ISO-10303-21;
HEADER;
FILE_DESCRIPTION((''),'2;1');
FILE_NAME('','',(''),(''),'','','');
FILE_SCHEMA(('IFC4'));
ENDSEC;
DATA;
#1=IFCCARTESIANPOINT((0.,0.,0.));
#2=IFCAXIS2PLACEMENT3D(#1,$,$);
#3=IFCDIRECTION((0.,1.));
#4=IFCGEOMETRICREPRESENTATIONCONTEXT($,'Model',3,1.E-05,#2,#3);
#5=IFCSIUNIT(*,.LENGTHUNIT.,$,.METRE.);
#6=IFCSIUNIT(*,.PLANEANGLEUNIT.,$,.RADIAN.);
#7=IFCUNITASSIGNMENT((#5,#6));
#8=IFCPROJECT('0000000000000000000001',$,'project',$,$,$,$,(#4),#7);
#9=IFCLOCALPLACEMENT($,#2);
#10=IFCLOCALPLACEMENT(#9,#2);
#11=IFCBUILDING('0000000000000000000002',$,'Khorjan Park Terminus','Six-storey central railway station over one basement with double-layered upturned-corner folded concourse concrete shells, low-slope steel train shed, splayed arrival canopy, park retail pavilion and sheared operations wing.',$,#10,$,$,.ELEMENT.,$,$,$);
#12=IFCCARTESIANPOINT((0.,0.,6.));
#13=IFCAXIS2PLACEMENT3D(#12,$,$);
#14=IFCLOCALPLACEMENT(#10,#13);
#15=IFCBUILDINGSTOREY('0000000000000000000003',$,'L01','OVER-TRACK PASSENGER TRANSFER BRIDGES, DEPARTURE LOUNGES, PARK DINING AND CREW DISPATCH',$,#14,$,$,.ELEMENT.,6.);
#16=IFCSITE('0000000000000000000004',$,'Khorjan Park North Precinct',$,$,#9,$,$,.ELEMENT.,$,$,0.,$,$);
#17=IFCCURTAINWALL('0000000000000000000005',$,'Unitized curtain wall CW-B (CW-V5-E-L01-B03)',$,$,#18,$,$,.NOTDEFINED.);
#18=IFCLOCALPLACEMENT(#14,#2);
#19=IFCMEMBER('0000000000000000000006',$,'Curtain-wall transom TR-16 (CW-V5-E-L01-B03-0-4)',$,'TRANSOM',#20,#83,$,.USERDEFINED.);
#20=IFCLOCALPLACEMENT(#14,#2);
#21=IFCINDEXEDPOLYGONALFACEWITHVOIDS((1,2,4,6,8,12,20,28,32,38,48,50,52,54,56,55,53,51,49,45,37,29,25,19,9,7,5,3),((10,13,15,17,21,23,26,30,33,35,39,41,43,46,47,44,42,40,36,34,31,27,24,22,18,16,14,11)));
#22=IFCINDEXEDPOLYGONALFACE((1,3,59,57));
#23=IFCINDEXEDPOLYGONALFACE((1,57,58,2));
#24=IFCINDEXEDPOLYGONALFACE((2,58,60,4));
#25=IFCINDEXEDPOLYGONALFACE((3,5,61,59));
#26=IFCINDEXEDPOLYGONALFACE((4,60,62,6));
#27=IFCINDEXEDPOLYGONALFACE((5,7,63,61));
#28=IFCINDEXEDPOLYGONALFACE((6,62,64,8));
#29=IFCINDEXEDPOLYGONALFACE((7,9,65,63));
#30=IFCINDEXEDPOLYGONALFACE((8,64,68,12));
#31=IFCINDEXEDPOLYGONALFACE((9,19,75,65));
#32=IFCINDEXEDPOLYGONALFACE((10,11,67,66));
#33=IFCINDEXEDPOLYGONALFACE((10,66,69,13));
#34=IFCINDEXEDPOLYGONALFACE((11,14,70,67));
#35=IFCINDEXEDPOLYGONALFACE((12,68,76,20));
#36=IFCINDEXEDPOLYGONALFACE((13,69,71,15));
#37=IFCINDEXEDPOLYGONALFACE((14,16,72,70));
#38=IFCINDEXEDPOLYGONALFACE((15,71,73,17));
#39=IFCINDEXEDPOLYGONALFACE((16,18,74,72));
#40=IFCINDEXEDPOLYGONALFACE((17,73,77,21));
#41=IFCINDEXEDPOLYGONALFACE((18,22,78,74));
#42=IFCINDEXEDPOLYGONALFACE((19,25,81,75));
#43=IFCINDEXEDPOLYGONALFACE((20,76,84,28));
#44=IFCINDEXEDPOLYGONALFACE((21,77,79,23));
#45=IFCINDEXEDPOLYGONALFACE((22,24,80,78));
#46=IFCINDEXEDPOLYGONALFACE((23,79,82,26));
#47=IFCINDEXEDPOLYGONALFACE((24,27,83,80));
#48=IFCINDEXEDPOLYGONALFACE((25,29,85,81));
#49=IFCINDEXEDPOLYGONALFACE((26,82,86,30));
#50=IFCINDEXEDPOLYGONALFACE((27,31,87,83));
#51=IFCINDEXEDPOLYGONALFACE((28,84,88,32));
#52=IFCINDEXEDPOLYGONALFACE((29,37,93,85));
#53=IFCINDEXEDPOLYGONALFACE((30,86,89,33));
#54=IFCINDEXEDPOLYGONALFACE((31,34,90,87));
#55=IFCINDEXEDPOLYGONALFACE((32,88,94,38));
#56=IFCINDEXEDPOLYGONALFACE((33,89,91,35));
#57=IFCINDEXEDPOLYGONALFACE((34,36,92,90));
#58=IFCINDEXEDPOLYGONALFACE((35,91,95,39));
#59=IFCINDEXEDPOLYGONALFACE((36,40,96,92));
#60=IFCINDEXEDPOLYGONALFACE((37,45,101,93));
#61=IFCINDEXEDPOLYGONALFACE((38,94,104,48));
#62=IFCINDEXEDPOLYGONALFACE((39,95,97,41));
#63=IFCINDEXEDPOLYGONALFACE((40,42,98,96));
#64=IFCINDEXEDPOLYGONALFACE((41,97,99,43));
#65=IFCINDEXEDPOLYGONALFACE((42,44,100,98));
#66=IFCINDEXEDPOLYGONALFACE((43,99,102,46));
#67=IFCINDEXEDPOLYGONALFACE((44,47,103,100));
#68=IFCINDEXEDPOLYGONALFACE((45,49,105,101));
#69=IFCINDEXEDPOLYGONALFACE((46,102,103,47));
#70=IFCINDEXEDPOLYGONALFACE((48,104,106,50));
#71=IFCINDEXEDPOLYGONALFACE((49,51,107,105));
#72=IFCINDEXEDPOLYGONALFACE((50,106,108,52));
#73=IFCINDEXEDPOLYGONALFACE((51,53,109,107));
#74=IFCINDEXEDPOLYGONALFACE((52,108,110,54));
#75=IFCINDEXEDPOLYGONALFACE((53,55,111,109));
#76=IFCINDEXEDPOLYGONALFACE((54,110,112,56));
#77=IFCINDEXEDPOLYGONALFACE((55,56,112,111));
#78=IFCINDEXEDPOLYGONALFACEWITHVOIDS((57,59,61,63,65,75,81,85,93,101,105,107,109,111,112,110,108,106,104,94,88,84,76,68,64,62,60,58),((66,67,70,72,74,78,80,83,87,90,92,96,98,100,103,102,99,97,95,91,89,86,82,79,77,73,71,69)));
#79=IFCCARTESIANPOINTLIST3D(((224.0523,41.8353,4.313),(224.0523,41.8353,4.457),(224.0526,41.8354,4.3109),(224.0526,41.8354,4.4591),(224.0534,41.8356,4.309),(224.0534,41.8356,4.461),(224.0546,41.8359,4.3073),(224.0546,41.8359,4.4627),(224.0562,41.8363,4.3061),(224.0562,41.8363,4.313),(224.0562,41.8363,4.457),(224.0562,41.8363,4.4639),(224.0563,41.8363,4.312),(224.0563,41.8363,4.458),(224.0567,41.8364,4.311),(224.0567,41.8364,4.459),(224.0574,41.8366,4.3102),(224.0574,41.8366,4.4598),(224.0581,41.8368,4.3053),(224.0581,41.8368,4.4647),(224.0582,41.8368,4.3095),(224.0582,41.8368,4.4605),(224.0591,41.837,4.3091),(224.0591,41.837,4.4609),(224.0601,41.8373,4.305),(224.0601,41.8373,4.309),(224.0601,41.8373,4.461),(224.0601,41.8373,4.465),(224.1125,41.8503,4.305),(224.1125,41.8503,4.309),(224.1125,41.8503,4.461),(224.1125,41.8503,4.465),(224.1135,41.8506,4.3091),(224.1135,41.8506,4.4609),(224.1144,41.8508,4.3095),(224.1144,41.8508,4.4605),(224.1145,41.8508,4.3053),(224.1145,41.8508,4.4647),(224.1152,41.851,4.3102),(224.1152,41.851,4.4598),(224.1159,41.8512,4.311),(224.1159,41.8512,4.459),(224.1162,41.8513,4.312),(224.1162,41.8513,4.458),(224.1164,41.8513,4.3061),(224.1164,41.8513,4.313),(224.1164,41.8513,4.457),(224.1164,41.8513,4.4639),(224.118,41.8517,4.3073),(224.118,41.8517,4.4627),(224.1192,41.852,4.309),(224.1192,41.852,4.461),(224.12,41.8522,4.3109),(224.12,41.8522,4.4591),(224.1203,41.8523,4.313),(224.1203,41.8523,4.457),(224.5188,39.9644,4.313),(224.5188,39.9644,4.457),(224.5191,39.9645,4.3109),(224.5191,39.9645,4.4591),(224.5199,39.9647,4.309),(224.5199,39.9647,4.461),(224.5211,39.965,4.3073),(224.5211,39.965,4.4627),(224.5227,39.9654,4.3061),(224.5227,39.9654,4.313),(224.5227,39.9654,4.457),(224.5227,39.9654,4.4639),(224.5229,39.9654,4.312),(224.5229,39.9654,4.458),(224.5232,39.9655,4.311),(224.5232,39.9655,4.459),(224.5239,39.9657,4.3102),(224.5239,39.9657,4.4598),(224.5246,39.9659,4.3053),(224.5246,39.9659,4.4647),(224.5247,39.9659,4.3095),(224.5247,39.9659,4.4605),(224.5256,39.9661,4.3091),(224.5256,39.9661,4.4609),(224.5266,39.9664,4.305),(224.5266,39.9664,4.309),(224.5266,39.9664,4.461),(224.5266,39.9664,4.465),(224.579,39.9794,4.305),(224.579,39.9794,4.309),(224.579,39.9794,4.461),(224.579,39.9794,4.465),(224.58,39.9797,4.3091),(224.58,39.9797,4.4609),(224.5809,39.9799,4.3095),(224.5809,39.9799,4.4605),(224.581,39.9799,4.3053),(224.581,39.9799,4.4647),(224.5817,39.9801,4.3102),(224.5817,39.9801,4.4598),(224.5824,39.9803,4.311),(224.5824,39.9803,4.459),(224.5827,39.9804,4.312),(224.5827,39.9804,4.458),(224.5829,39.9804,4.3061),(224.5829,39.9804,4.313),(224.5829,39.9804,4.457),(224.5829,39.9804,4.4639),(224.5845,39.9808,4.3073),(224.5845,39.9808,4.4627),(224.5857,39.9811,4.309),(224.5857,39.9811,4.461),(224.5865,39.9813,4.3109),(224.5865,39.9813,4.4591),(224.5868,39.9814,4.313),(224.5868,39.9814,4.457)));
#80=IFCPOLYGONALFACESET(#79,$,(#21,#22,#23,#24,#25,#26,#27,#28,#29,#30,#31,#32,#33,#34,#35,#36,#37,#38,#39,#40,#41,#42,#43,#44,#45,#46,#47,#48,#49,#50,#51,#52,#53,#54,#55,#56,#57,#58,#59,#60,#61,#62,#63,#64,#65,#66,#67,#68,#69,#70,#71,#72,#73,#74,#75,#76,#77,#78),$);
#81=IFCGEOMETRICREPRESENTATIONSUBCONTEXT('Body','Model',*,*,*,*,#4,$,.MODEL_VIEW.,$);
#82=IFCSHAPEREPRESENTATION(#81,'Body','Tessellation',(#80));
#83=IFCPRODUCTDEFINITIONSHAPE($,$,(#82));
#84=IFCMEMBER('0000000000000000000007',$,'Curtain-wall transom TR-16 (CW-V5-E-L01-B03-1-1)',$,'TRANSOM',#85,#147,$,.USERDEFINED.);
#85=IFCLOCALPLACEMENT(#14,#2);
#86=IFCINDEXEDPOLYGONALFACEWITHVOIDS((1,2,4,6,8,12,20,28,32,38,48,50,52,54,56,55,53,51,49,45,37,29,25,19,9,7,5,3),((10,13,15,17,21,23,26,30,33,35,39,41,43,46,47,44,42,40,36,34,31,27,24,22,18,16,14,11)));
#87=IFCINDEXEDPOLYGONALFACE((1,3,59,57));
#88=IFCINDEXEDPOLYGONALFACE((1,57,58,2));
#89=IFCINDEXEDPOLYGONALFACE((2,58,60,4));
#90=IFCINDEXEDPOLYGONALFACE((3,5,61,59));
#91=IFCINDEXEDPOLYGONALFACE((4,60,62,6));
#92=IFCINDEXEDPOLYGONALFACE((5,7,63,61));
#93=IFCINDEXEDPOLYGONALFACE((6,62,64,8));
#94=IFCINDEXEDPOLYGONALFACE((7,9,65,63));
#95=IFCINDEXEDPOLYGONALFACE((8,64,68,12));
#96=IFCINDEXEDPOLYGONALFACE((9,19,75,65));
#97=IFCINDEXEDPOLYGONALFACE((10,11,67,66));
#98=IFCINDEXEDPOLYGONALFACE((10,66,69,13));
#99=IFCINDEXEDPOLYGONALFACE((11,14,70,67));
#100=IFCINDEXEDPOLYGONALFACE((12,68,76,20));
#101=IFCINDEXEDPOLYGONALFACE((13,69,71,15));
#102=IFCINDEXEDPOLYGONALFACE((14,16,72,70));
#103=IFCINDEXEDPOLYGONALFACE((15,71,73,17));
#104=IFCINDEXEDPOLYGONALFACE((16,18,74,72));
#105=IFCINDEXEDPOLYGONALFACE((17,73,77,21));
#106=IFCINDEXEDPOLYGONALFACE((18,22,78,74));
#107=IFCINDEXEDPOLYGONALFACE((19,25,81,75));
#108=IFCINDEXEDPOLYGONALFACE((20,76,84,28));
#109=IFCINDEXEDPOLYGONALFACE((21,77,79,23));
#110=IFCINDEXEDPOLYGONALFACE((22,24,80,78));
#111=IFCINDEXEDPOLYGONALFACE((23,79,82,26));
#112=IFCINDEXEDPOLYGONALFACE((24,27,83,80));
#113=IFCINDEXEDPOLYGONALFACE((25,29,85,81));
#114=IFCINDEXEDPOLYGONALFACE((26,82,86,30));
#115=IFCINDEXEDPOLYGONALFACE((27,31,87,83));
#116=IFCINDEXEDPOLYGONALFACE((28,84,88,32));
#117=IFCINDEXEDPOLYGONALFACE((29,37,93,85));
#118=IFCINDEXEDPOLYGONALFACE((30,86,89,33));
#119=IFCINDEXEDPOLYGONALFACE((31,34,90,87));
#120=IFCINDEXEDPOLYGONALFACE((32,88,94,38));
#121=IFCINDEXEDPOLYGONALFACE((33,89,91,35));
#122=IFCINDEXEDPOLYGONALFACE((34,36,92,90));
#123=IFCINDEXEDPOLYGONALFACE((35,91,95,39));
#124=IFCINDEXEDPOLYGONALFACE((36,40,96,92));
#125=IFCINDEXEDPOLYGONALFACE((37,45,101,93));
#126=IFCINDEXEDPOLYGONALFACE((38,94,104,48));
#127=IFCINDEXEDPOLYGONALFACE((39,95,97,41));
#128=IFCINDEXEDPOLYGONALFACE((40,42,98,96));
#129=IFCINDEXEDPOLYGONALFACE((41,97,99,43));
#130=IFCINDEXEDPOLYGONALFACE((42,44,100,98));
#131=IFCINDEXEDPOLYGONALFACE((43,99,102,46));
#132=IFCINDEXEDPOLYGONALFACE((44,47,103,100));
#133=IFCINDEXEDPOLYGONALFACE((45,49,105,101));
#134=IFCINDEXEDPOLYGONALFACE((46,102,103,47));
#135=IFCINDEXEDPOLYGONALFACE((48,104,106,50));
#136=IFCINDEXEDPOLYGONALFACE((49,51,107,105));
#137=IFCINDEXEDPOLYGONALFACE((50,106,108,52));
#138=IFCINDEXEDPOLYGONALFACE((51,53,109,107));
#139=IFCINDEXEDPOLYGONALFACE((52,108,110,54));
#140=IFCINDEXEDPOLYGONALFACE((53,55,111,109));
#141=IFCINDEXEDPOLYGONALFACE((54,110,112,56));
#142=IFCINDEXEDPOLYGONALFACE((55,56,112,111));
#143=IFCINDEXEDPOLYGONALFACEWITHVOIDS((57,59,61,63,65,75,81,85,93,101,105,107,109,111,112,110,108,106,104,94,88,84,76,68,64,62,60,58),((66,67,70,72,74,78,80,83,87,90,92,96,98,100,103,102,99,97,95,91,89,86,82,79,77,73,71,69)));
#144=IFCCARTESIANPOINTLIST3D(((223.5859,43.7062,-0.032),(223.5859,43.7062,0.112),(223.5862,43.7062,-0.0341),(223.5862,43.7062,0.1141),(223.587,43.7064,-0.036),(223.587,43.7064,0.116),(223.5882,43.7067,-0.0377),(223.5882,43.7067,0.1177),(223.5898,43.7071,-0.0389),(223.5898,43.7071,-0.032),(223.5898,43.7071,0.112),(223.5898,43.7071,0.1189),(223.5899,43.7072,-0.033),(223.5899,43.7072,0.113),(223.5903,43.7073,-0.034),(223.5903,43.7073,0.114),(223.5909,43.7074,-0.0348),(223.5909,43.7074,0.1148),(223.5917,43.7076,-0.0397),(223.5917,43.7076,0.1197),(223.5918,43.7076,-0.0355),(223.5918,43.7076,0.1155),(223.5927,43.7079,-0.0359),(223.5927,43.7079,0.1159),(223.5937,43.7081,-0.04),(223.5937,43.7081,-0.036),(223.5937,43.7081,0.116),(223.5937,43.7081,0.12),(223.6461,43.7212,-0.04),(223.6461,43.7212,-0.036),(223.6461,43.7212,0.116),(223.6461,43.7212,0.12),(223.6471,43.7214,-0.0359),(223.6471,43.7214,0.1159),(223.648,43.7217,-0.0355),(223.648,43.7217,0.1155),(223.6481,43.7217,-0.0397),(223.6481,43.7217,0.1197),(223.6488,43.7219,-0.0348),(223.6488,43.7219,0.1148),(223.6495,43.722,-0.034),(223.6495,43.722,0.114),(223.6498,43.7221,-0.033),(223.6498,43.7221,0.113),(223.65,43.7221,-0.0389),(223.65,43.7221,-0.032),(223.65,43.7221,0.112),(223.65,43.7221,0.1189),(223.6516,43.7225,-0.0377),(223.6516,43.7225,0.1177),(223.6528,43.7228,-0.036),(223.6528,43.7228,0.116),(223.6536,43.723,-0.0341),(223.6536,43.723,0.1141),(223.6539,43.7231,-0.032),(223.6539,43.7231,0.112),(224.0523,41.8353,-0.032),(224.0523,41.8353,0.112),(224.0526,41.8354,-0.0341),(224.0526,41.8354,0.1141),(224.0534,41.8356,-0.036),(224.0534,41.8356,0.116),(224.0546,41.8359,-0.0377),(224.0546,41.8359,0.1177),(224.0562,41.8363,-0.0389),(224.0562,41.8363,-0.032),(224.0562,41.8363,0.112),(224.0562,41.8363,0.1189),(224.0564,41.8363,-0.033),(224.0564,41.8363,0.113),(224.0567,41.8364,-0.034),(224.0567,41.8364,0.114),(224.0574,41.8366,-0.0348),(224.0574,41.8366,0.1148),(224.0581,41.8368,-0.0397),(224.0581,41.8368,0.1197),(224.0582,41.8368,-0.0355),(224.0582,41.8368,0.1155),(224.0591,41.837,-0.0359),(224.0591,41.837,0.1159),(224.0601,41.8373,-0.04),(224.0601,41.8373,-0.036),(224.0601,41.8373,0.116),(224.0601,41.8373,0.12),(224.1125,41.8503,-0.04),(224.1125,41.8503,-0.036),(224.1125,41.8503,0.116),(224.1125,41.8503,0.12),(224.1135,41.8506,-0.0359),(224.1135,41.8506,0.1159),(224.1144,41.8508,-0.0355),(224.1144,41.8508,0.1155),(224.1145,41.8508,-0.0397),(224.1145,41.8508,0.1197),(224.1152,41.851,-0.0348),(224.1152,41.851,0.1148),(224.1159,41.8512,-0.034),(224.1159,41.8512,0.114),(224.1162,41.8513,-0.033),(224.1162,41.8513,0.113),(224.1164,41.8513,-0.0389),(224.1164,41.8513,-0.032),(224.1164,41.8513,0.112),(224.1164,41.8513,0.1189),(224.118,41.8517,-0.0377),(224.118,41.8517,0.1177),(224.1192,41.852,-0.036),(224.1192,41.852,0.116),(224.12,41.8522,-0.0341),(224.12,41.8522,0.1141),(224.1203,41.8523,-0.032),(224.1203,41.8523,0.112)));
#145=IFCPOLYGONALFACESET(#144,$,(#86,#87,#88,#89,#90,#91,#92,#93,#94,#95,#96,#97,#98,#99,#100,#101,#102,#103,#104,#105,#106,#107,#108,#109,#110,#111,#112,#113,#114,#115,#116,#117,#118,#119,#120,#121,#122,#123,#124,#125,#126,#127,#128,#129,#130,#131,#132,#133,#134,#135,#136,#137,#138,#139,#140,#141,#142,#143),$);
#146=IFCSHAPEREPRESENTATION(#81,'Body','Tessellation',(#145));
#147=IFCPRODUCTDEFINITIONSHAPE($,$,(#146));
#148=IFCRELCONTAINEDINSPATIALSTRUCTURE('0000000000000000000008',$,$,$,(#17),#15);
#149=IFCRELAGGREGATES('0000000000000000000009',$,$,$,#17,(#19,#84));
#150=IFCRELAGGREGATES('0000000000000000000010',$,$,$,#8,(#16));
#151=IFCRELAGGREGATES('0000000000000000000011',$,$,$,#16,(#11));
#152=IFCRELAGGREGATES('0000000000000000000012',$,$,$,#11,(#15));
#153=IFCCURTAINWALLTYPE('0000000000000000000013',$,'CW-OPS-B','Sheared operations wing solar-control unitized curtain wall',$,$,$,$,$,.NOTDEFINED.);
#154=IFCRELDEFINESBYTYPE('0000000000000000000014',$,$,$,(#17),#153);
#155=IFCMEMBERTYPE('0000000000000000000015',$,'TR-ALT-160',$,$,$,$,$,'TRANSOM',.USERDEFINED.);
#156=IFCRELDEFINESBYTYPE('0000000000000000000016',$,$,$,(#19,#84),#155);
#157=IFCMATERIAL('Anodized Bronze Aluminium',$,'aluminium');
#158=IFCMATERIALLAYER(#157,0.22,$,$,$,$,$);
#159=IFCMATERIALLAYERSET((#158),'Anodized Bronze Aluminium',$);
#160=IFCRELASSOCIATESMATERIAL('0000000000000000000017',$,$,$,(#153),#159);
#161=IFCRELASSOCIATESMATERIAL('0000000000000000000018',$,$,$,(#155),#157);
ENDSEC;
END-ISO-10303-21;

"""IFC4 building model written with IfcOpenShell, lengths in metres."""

from ifc_helpers import new_model, si_unit, direction, frame, origin, origin_2d, place, context, subcontext, project, spatial, hollow_rectangle, extrude, material, layer, layer_set, material_profile, profile_set, type_object, element, aggregate, save


model = new_model("IFC4")

# Units and contexts
model_context = context("Model", 3, precision=1e-05, world=origin(), true_north=direction((0.0, 1.0)))
body_context = subcontext(model_context, "Body", "Model", "MODEL_VIEW")
ifc_project = project(units=[si_unit("LENGTHUNIT", "METRE"), si_unit("PLANEANGLEUNIT", "RADIAN")], contexts=[model_context])

# Site, building, storey
site_placement = place(None, origin())
site = spatial("IfcSite", under=ifc_project, at=site_placement, Name="Khorjan Park North Precinct", CompositionType="ELEMENT", RefElevation=0.0)
building_placement = place(site_placement, origin())
building = spatial("IfcBuilding", under=site, at=building_placement, Name="Khorjan Park Terminus", Description="Six-storey central railway station over one basement with double-layered upturned-corner folded concourse concrete shells, low-slope steel train shed, splayed arrival canopy, park retail pavilion and sheared operations wing.", CompositionType="ELEMENT")
storey_placement = place(building_placement, frame((0.0, 0.0, 6.0)))
storey = spatial("IfcBuildingStorey", under=building, at=storey_placement, Name="L01", Description="OVER-TRACK PASSENGER TRANSFER BRIDGES, DEPARTURE LOUNGES, PARK DINING AND CREW DISPATCH", CompositionType="ELEMENT", Elevation=6.0)

# Curtain wall, members
ifc_material_1 = material(Name="Anodized Bronze Aluminium", Category="aluminium")
ifc_layer_1 = layer(ifc_material_1, 0.22)
ifc_layer_set_1 = layer_set([ifc_layer_1], Name="Anodized Bronze Aluminium")
curtain_wall_type = type_object("IfcCurtainWallType", Name="CW-OPS-B", Description="Sheared operations wing solar-control unitized curtain wall", PredefinedType="NOTDEFINED", material=ifc_layer_set_1)
curtain_wall_placement = place(storey_placement, origin())
curtain_wall = element("IfcCurtainWall", 1, at=curtain_wall_placement, inside=storey, type_object=curtain_wall_type, Name="Unitized curtain wall CW-B (CW-V5-E-L01-B03)", PredefinedType="NOTDEFINED")
ifc_material_profile_1 = material_profile(ifc_material_1, hollow_rectangle(XDim=0.07, YDim=0.16, WallThickness=0.004, InnerFilletRadius=0.004, OuterFilletRadius=0.008, at=origin_2d()), Name="ALT 70x160x4")
ifc_profile_set_1 = profile_set([ifc_material_profile_1], Name="Anodized Bronze Aluminium")
member_type_1 = type_object("IfcMemberType", Name="TR-ALT-160", ElementType="TRANSOM", PredefinedType="USERDEFINED", material=ifc_profile_set_1)
member_1_placement = place(storey_placement, frame((224.5528, 39.9729, 4.385), z_axis=(-0.241938, 0.970292, 0.0), x_axis=(-0.970292, -0.241938, 0.0)))
member_1 = element("IfcMember", 2, at=member_1_placement, type_object=member_type_1, Name="Curtain-wall transom TR-16 (CW-V5-E-L01-B03-0-4)", ObjectType="TRANSOM", PredefinedType="USERDEFINED", context=body_context, shape_type="SweptSolid", body=[
    extrude(hollow_rectangle(XDim=0.07, YDim=0.16, WallThickness=0.004, InnerFilletRadius=0.004, OuterFilletRadius=0.008, at=origin_2d()), origin(), (0.0, 0.0, 1.0), 1.9282),
])
member_2_placement = place(storey_placement, frame((224.0863, 41.8438, 0.04), z_axis=(-0.241901, 0.970301, 0.0), x_axis=(-0.970301, -0.241901, 0.0)))
member_2 = element("IfcMember", 3, at=member_2_placement, type_object=member_type_1, Name="Curtain-wall transom TR-16 (CW-V5-E-L01-B03-1-1)", ObjectType="TRANSOM", PredefinedType="USERDEFINED", context=body_context, shape_type="SweptSolid", body=[
    extrude(hollow_rectangle(XDim=0.07, YDim=0.16, WallThickness=0.004, InnerFilletRadius=0.004, OuterFilletRadius=0.008, at=origin_2d()), origin(), (0.0, 0.0, 1.0), 1.9281),
])
aggregate(curtain_wall, [member_1, member_2])

save(model, "model.ifc")
